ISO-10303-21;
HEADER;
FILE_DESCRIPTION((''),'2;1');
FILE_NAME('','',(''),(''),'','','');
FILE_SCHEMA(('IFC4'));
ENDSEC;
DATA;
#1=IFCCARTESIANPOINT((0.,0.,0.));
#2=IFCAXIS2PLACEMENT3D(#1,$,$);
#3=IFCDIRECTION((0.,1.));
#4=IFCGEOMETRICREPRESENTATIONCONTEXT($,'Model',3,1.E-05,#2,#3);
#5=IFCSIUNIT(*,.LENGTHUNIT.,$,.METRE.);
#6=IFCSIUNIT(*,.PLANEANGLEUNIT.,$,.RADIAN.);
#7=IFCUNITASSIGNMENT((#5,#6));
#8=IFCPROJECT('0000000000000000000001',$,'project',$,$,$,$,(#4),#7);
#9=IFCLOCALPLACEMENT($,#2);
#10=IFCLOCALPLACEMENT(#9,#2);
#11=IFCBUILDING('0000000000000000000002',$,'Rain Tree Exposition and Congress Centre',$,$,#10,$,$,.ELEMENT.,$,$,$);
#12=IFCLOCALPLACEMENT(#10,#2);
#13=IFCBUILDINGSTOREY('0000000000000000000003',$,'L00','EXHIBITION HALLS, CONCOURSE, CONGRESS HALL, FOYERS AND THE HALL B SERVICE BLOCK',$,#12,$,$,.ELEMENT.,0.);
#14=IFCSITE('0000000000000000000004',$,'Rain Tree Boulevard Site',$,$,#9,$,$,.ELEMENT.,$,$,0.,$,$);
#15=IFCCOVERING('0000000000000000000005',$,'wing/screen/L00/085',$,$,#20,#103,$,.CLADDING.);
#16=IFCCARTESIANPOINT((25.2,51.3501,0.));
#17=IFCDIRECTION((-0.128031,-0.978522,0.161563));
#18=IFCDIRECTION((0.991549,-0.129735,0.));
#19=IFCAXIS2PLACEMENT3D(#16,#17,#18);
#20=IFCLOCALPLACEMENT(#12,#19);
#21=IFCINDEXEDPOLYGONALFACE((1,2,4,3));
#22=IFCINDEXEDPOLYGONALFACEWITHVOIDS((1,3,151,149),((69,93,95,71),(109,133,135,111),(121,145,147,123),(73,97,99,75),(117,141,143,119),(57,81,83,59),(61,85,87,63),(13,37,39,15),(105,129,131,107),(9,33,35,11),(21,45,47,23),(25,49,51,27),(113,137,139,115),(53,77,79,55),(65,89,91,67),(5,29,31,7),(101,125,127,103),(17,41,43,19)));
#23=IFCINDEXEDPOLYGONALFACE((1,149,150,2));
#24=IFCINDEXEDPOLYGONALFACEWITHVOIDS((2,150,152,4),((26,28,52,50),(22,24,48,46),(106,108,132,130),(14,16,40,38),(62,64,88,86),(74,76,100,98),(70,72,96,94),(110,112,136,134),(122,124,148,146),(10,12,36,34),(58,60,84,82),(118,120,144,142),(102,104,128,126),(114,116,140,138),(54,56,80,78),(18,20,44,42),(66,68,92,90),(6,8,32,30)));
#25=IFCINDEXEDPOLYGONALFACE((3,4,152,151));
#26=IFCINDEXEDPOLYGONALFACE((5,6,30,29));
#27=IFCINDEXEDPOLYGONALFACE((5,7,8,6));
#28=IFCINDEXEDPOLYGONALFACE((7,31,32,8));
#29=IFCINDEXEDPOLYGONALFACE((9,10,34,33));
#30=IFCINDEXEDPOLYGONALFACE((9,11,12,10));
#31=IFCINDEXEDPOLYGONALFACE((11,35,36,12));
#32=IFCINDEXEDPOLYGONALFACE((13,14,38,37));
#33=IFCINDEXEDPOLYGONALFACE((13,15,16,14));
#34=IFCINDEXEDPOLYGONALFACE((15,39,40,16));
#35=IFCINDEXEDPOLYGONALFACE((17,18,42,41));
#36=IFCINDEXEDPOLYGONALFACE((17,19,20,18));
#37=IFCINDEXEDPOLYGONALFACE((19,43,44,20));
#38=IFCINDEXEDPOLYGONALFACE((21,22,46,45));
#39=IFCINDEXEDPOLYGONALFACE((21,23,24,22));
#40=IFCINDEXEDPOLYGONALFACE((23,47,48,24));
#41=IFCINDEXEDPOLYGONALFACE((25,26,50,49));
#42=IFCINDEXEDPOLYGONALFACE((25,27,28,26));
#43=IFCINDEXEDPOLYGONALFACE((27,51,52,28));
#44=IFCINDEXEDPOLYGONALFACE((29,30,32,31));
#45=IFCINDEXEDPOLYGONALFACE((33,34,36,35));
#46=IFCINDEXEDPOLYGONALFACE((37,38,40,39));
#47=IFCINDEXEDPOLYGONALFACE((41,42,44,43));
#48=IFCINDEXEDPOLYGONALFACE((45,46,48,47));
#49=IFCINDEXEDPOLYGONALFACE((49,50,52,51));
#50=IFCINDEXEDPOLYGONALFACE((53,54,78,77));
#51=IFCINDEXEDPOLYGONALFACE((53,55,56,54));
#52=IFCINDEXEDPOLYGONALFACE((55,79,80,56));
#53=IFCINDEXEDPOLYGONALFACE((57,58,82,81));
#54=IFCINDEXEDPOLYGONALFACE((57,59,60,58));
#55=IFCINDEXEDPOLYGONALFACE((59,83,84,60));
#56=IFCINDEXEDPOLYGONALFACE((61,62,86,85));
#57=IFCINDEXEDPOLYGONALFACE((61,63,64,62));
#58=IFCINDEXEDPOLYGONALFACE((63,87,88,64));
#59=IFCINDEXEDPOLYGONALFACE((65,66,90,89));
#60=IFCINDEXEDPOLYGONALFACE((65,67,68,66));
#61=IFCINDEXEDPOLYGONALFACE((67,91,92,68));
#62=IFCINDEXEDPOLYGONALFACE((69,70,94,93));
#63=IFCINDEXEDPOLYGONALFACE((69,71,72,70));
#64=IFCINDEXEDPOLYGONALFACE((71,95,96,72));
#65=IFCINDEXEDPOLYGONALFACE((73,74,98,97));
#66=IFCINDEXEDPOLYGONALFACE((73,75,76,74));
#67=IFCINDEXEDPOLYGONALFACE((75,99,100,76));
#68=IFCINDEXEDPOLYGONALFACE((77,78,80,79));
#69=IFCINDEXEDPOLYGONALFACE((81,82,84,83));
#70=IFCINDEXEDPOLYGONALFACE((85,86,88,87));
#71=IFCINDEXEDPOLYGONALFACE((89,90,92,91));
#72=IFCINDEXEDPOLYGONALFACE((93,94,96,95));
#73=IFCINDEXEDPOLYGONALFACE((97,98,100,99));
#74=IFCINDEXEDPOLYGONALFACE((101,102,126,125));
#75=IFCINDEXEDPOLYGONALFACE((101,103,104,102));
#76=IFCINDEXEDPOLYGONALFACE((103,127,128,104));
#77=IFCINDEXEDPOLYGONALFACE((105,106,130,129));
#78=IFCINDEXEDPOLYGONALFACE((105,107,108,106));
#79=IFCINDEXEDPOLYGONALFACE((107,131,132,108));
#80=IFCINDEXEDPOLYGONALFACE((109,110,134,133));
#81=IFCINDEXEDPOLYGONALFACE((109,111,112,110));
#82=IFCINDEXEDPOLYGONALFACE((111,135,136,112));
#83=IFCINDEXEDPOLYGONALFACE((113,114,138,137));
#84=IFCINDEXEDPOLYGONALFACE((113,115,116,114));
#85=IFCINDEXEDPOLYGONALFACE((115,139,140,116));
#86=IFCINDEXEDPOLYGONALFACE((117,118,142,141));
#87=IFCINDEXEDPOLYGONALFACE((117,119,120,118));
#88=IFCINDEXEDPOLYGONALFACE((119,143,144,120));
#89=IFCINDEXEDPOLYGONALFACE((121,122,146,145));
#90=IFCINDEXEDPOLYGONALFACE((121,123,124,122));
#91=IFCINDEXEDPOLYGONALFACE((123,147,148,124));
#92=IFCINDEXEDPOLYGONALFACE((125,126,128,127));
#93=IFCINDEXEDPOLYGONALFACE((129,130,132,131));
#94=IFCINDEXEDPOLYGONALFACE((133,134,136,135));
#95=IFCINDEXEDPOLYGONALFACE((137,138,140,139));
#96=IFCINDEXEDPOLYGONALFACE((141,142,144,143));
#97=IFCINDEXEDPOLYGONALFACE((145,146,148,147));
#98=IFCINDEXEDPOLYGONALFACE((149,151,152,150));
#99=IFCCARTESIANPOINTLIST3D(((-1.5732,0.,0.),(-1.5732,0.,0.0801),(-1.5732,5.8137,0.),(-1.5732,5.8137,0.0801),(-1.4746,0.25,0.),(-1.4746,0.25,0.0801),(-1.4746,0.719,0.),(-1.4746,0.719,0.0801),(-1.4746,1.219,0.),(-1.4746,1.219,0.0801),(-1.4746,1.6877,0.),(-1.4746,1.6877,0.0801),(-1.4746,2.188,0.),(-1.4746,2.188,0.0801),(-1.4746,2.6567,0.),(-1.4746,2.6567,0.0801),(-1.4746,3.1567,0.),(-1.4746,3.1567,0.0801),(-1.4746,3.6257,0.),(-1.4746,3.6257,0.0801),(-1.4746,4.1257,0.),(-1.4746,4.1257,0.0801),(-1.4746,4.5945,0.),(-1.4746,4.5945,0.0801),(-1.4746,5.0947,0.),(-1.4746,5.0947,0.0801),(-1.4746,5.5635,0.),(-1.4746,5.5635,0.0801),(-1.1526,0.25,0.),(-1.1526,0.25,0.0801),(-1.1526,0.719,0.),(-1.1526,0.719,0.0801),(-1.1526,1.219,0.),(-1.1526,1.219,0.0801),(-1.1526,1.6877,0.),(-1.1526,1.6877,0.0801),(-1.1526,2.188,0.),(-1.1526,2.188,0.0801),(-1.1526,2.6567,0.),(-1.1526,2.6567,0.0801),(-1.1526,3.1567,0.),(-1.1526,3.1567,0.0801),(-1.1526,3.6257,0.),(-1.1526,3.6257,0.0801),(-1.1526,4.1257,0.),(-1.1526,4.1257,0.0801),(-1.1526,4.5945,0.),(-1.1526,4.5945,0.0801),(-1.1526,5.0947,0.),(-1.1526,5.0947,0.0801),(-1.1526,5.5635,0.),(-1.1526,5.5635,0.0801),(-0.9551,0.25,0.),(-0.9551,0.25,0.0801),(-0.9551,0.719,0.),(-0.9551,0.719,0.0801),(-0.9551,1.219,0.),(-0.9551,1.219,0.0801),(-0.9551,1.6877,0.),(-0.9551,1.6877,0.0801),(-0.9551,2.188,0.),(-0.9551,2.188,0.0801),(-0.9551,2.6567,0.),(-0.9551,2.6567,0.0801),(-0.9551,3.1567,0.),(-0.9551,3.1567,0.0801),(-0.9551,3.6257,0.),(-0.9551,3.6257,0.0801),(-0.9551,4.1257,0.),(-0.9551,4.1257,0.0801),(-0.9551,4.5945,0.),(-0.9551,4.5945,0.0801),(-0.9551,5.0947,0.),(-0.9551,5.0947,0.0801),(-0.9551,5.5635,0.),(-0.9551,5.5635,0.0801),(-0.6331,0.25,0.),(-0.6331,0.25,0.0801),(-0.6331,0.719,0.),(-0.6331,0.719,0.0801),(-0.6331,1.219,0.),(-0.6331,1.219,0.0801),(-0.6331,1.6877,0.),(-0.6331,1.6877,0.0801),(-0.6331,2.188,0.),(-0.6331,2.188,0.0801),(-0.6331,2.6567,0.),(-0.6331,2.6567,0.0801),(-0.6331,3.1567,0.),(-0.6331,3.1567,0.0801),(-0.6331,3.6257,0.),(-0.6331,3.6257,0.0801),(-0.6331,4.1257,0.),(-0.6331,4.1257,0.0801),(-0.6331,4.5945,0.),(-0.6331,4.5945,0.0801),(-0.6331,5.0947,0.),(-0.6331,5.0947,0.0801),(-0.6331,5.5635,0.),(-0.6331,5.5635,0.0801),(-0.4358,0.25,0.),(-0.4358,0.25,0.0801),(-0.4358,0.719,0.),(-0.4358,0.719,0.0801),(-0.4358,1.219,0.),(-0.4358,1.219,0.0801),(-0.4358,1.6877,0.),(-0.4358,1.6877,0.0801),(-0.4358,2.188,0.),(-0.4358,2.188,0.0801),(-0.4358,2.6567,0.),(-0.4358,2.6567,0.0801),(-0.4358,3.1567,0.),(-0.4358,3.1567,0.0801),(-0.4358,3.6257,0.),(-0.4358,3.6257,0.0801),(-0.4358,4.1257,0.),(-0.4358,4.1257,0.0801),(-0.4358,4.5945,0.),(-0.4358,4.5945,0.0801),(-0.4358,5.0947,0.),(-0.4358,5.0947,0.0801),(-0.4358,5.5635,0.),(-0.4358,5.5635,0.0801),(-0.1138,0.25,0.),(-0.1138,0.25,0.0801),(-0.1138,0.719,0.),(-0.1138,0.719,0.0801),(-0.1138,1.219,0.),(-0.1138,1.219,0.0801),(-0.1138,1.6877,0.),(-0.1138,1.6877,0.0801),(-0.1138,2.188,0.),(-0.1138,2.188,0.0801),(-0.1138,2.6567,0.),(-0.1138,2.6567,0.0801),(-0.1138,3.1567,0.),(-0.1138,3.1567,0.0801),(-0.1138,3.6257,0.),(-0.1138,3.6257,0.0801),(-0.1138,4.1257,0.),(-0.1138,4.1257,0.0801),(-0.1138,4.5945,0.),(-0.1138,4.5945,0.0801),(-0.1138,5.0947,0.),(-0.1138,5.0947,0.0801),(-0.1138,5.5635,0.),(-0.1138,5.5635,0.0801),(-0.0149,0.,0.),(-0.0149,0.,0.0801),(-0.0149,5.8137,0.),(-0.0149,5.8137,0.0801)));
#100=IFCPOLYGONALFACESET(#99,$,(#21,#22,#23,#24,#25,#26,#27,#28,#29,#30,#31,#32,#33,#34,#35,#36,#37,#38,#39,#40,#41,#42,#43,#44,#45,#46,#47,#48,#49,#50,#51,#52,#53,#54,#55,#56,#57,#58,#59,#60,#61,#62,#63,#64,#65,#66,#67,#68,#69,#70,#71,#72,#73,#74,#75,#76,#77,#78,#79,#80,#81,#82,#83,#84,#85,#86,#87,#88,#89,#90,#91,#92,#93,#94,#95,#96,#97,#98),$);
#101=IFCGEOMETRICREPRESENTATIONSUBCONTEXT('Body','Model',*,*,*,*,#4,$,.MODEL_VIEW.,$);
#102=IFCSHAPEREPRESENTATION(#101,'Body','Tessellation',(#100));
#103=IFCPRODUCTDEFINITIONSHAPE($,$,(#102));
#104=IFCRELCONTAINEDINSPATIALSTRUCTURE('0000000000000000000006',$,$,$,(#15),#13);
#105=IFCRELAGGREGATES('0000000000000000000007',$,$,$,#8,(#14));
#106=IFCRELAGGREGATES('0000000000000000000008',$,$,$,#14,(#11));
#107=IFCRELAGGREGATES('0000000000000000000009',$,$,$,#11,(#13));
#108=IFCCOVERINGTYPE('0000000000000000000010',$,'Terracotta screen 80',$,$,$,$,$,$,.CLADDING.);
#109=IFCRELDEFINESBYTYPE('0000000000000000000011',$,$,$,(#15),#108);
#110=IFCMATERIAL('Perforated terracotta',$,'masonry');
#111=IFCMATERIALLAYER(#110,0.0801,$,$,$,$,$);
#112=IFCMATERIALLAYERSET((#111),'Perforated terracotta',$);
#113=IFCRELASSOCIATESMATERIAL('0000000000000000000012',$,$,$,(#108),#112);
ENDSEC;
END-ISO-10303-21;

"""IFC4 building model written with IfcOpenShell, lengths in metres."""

from ifc_helpers import new_model, si_unit, direction, frame, origin, place, context, subcontext, project, spatial, polyline, outline, extrude, material, layer, layer_set, type_object, element, save


model = new_model("IFC4")

# Units and contexts
model_context = context("Model", 3, precision=1e-05, world=origin(), true_north=direction((0.0, 1.0)))
body_context = subcontext(model_context, "Body", "Model", "MODEL_VIEW")
ifc_project = project(units=[si_unit("LENGTHUNIT", "METRE"), si_unit("PLANEANGLEUNIT", "RADIAN")], contexts=[model_context])

# Site, building, storey
site_placement = place(None, origin())
site = spatial("IfcSite", under=ifc_project, at=site_placement, Name="Rain Tree Boulevard Site", CompositionType="ELEMENT", RefElevation=0.0)
building_placement = place(site_placement, origin())
building = spatial("IfcBuilding", under=site, at=building_placement, Name="Rain Tree Exposition and Congress Centre", CompositionType="ELEMENT")
storey_placement = place(building_placement, origin())
storey = spatial("IfcBuildingStorey", under=building, at=storey_placement, Name="L00", Description="EXHIBITION HALLS, CONCOURSE, CONGRESS HALL, FOYERS AND THE HALL B SERVICE BLOCK", CompositionType="ELEMENT", Elevation=0.0)

# Covering
ifc_material_1 = material(Name="Perforated terracotta", Category="masonry")
ifc_layer_1 = layer(ifc_material_1, 0.0801)
ifc_layer_set_1 = layer_set([ifc_layer_1], Name="Perforated terracotta")
covering_type = type_object("IfcCoveringType", Name="Terracotta screen 80", PredefinedType="CLADDING", material=ifc_layer_set_1)
covering_1_placement = place(storey_placement, frame((25.2, 51.3501, 0.0), z_axis=(-0.128031, -0.978522, 0.161563), x_axis=(0.991549, -0.129735, 0.0)))
element("IfcCovering", 1, at=covering_1_placement, inside=storey, type_object=covering_type, Name="wing/screen/L00/085", PredefinedType="CLADDING", context=body_context, shape_type="SweptSolid", body=[
    extrude(outline(polyline([(-0.0149, 5.8137), (-0.0149, 0.0), (-1.5732, 0.0), (-1.5732, 5.8137), (-0.0149, 5.8137)]), holes=[polyline([(-0.1138, 0.25), (-0.1138, 0.719), (-0.4358, 0.719), (-0.4358, 0.25), (-0.1138, 0.25)]), polyline([(-0.1138, 1.219), (-0.1138, 1.6877), (-0.4358, 1.6877), (-0.4358, 1.219), (-0.1138, 1.219)]), polyline([(-0.1138, 2.188), (-0.1138, 2.6567), (-0.4358, 2.6567), (-0.4358, 2.188), (-0.1138, 2.188)]), polyline([(-0.1138, 3.1567), (-0.1138, 3.6257), (-0.4358, 3.6257), (-0.4358, 3.1567), (-0.1138, 3.1567)]), polyline([(-0.1138, 4.1257), (-0.1138, 4.5945), (-0.4358, 4.5945), (-0.4358, 4.1257), (-0.1138, 4.1257)]), polyline([(-0.1138, 5.0947), (-0.1138, 5.5635), (-0.4358, 5.5635), (-0.4358, 5.0947), (-0.1138, 5.0947)]), polyline([(-0.6331, 0.25), (-0.6331, 0.719), (-0.9551, 0.719), (-0.9551, 0.25), (-0.6331, 0.25)]), polyline([(-0.6331, 1.219), (-0.6331, 1.6877), (-0.9551, 1.6877), (-0.9551, 1.219), (-0.6331, 1.219)]), polyline([(-0.6331, 2.188), (-0.6331, 2.6567), (-0.9551, 2.6567), (-0.9551, 2.188), (-0.6331, 2.188)]), polyline([(-0.6331, 3.1567), (-0.6331, 3.6257), (-0.9551, 3.6257), (-0.9551, 3.1567), (-0.6331, 3.1567)]), polyline([(-0.6331, 4.1257), (-0.6331, 4.5945), (-0.9551, 4.5945), (-0.9551, 4.1257), (-0.6331, 4.1257)]), polyline([(-0.6331, 5.0947), (-0.6331, 5.5635), (-0.9551, 5.5635), (-0.9551, 5.0947), (-0.6331, 5.0947)]), polyline([(-1.1526, 0.25), (-1.1526, 0.719), (-1.4746, 0.719), (-1.4746, 0.25), (-1.1526, 0.25)]), polyline([(-1.1526, 1.219), (-1.1526, 1.6877), (-1.4746, 1.6877), (-1.4746, 1.219), (-1.1526, 1.219)]), polyline([(-1.1526, 2.188), (-1.1526, 2.6567), (-1.4746, 2.6567), (-1.4746, 2.188), (-1.1526, 2.188)]), polyline([(-1.1526, 3.1567), (-1.1526, 3.6257), (-1.4746, 3.6257), (-1.4746, 3.1567), (-1.1526, 3.1567)]), polyline([(-1.1526, 4.1257), (-1.1526, 4.5945), (-1.4746, 4.5945), (-1.4746, 4.1257), (-1.1526, 4.1257)]), polyline([(-1.1526, 5.0947), (-1.1526, 5.5635), (-1.4746, 5.5635), (-1.4746, 5.0947), (-1.1526, 5.0947)])]), origin(), (0.0, 0.0, 1.0), 0.0801),
])

save(model, "model.ifc")
